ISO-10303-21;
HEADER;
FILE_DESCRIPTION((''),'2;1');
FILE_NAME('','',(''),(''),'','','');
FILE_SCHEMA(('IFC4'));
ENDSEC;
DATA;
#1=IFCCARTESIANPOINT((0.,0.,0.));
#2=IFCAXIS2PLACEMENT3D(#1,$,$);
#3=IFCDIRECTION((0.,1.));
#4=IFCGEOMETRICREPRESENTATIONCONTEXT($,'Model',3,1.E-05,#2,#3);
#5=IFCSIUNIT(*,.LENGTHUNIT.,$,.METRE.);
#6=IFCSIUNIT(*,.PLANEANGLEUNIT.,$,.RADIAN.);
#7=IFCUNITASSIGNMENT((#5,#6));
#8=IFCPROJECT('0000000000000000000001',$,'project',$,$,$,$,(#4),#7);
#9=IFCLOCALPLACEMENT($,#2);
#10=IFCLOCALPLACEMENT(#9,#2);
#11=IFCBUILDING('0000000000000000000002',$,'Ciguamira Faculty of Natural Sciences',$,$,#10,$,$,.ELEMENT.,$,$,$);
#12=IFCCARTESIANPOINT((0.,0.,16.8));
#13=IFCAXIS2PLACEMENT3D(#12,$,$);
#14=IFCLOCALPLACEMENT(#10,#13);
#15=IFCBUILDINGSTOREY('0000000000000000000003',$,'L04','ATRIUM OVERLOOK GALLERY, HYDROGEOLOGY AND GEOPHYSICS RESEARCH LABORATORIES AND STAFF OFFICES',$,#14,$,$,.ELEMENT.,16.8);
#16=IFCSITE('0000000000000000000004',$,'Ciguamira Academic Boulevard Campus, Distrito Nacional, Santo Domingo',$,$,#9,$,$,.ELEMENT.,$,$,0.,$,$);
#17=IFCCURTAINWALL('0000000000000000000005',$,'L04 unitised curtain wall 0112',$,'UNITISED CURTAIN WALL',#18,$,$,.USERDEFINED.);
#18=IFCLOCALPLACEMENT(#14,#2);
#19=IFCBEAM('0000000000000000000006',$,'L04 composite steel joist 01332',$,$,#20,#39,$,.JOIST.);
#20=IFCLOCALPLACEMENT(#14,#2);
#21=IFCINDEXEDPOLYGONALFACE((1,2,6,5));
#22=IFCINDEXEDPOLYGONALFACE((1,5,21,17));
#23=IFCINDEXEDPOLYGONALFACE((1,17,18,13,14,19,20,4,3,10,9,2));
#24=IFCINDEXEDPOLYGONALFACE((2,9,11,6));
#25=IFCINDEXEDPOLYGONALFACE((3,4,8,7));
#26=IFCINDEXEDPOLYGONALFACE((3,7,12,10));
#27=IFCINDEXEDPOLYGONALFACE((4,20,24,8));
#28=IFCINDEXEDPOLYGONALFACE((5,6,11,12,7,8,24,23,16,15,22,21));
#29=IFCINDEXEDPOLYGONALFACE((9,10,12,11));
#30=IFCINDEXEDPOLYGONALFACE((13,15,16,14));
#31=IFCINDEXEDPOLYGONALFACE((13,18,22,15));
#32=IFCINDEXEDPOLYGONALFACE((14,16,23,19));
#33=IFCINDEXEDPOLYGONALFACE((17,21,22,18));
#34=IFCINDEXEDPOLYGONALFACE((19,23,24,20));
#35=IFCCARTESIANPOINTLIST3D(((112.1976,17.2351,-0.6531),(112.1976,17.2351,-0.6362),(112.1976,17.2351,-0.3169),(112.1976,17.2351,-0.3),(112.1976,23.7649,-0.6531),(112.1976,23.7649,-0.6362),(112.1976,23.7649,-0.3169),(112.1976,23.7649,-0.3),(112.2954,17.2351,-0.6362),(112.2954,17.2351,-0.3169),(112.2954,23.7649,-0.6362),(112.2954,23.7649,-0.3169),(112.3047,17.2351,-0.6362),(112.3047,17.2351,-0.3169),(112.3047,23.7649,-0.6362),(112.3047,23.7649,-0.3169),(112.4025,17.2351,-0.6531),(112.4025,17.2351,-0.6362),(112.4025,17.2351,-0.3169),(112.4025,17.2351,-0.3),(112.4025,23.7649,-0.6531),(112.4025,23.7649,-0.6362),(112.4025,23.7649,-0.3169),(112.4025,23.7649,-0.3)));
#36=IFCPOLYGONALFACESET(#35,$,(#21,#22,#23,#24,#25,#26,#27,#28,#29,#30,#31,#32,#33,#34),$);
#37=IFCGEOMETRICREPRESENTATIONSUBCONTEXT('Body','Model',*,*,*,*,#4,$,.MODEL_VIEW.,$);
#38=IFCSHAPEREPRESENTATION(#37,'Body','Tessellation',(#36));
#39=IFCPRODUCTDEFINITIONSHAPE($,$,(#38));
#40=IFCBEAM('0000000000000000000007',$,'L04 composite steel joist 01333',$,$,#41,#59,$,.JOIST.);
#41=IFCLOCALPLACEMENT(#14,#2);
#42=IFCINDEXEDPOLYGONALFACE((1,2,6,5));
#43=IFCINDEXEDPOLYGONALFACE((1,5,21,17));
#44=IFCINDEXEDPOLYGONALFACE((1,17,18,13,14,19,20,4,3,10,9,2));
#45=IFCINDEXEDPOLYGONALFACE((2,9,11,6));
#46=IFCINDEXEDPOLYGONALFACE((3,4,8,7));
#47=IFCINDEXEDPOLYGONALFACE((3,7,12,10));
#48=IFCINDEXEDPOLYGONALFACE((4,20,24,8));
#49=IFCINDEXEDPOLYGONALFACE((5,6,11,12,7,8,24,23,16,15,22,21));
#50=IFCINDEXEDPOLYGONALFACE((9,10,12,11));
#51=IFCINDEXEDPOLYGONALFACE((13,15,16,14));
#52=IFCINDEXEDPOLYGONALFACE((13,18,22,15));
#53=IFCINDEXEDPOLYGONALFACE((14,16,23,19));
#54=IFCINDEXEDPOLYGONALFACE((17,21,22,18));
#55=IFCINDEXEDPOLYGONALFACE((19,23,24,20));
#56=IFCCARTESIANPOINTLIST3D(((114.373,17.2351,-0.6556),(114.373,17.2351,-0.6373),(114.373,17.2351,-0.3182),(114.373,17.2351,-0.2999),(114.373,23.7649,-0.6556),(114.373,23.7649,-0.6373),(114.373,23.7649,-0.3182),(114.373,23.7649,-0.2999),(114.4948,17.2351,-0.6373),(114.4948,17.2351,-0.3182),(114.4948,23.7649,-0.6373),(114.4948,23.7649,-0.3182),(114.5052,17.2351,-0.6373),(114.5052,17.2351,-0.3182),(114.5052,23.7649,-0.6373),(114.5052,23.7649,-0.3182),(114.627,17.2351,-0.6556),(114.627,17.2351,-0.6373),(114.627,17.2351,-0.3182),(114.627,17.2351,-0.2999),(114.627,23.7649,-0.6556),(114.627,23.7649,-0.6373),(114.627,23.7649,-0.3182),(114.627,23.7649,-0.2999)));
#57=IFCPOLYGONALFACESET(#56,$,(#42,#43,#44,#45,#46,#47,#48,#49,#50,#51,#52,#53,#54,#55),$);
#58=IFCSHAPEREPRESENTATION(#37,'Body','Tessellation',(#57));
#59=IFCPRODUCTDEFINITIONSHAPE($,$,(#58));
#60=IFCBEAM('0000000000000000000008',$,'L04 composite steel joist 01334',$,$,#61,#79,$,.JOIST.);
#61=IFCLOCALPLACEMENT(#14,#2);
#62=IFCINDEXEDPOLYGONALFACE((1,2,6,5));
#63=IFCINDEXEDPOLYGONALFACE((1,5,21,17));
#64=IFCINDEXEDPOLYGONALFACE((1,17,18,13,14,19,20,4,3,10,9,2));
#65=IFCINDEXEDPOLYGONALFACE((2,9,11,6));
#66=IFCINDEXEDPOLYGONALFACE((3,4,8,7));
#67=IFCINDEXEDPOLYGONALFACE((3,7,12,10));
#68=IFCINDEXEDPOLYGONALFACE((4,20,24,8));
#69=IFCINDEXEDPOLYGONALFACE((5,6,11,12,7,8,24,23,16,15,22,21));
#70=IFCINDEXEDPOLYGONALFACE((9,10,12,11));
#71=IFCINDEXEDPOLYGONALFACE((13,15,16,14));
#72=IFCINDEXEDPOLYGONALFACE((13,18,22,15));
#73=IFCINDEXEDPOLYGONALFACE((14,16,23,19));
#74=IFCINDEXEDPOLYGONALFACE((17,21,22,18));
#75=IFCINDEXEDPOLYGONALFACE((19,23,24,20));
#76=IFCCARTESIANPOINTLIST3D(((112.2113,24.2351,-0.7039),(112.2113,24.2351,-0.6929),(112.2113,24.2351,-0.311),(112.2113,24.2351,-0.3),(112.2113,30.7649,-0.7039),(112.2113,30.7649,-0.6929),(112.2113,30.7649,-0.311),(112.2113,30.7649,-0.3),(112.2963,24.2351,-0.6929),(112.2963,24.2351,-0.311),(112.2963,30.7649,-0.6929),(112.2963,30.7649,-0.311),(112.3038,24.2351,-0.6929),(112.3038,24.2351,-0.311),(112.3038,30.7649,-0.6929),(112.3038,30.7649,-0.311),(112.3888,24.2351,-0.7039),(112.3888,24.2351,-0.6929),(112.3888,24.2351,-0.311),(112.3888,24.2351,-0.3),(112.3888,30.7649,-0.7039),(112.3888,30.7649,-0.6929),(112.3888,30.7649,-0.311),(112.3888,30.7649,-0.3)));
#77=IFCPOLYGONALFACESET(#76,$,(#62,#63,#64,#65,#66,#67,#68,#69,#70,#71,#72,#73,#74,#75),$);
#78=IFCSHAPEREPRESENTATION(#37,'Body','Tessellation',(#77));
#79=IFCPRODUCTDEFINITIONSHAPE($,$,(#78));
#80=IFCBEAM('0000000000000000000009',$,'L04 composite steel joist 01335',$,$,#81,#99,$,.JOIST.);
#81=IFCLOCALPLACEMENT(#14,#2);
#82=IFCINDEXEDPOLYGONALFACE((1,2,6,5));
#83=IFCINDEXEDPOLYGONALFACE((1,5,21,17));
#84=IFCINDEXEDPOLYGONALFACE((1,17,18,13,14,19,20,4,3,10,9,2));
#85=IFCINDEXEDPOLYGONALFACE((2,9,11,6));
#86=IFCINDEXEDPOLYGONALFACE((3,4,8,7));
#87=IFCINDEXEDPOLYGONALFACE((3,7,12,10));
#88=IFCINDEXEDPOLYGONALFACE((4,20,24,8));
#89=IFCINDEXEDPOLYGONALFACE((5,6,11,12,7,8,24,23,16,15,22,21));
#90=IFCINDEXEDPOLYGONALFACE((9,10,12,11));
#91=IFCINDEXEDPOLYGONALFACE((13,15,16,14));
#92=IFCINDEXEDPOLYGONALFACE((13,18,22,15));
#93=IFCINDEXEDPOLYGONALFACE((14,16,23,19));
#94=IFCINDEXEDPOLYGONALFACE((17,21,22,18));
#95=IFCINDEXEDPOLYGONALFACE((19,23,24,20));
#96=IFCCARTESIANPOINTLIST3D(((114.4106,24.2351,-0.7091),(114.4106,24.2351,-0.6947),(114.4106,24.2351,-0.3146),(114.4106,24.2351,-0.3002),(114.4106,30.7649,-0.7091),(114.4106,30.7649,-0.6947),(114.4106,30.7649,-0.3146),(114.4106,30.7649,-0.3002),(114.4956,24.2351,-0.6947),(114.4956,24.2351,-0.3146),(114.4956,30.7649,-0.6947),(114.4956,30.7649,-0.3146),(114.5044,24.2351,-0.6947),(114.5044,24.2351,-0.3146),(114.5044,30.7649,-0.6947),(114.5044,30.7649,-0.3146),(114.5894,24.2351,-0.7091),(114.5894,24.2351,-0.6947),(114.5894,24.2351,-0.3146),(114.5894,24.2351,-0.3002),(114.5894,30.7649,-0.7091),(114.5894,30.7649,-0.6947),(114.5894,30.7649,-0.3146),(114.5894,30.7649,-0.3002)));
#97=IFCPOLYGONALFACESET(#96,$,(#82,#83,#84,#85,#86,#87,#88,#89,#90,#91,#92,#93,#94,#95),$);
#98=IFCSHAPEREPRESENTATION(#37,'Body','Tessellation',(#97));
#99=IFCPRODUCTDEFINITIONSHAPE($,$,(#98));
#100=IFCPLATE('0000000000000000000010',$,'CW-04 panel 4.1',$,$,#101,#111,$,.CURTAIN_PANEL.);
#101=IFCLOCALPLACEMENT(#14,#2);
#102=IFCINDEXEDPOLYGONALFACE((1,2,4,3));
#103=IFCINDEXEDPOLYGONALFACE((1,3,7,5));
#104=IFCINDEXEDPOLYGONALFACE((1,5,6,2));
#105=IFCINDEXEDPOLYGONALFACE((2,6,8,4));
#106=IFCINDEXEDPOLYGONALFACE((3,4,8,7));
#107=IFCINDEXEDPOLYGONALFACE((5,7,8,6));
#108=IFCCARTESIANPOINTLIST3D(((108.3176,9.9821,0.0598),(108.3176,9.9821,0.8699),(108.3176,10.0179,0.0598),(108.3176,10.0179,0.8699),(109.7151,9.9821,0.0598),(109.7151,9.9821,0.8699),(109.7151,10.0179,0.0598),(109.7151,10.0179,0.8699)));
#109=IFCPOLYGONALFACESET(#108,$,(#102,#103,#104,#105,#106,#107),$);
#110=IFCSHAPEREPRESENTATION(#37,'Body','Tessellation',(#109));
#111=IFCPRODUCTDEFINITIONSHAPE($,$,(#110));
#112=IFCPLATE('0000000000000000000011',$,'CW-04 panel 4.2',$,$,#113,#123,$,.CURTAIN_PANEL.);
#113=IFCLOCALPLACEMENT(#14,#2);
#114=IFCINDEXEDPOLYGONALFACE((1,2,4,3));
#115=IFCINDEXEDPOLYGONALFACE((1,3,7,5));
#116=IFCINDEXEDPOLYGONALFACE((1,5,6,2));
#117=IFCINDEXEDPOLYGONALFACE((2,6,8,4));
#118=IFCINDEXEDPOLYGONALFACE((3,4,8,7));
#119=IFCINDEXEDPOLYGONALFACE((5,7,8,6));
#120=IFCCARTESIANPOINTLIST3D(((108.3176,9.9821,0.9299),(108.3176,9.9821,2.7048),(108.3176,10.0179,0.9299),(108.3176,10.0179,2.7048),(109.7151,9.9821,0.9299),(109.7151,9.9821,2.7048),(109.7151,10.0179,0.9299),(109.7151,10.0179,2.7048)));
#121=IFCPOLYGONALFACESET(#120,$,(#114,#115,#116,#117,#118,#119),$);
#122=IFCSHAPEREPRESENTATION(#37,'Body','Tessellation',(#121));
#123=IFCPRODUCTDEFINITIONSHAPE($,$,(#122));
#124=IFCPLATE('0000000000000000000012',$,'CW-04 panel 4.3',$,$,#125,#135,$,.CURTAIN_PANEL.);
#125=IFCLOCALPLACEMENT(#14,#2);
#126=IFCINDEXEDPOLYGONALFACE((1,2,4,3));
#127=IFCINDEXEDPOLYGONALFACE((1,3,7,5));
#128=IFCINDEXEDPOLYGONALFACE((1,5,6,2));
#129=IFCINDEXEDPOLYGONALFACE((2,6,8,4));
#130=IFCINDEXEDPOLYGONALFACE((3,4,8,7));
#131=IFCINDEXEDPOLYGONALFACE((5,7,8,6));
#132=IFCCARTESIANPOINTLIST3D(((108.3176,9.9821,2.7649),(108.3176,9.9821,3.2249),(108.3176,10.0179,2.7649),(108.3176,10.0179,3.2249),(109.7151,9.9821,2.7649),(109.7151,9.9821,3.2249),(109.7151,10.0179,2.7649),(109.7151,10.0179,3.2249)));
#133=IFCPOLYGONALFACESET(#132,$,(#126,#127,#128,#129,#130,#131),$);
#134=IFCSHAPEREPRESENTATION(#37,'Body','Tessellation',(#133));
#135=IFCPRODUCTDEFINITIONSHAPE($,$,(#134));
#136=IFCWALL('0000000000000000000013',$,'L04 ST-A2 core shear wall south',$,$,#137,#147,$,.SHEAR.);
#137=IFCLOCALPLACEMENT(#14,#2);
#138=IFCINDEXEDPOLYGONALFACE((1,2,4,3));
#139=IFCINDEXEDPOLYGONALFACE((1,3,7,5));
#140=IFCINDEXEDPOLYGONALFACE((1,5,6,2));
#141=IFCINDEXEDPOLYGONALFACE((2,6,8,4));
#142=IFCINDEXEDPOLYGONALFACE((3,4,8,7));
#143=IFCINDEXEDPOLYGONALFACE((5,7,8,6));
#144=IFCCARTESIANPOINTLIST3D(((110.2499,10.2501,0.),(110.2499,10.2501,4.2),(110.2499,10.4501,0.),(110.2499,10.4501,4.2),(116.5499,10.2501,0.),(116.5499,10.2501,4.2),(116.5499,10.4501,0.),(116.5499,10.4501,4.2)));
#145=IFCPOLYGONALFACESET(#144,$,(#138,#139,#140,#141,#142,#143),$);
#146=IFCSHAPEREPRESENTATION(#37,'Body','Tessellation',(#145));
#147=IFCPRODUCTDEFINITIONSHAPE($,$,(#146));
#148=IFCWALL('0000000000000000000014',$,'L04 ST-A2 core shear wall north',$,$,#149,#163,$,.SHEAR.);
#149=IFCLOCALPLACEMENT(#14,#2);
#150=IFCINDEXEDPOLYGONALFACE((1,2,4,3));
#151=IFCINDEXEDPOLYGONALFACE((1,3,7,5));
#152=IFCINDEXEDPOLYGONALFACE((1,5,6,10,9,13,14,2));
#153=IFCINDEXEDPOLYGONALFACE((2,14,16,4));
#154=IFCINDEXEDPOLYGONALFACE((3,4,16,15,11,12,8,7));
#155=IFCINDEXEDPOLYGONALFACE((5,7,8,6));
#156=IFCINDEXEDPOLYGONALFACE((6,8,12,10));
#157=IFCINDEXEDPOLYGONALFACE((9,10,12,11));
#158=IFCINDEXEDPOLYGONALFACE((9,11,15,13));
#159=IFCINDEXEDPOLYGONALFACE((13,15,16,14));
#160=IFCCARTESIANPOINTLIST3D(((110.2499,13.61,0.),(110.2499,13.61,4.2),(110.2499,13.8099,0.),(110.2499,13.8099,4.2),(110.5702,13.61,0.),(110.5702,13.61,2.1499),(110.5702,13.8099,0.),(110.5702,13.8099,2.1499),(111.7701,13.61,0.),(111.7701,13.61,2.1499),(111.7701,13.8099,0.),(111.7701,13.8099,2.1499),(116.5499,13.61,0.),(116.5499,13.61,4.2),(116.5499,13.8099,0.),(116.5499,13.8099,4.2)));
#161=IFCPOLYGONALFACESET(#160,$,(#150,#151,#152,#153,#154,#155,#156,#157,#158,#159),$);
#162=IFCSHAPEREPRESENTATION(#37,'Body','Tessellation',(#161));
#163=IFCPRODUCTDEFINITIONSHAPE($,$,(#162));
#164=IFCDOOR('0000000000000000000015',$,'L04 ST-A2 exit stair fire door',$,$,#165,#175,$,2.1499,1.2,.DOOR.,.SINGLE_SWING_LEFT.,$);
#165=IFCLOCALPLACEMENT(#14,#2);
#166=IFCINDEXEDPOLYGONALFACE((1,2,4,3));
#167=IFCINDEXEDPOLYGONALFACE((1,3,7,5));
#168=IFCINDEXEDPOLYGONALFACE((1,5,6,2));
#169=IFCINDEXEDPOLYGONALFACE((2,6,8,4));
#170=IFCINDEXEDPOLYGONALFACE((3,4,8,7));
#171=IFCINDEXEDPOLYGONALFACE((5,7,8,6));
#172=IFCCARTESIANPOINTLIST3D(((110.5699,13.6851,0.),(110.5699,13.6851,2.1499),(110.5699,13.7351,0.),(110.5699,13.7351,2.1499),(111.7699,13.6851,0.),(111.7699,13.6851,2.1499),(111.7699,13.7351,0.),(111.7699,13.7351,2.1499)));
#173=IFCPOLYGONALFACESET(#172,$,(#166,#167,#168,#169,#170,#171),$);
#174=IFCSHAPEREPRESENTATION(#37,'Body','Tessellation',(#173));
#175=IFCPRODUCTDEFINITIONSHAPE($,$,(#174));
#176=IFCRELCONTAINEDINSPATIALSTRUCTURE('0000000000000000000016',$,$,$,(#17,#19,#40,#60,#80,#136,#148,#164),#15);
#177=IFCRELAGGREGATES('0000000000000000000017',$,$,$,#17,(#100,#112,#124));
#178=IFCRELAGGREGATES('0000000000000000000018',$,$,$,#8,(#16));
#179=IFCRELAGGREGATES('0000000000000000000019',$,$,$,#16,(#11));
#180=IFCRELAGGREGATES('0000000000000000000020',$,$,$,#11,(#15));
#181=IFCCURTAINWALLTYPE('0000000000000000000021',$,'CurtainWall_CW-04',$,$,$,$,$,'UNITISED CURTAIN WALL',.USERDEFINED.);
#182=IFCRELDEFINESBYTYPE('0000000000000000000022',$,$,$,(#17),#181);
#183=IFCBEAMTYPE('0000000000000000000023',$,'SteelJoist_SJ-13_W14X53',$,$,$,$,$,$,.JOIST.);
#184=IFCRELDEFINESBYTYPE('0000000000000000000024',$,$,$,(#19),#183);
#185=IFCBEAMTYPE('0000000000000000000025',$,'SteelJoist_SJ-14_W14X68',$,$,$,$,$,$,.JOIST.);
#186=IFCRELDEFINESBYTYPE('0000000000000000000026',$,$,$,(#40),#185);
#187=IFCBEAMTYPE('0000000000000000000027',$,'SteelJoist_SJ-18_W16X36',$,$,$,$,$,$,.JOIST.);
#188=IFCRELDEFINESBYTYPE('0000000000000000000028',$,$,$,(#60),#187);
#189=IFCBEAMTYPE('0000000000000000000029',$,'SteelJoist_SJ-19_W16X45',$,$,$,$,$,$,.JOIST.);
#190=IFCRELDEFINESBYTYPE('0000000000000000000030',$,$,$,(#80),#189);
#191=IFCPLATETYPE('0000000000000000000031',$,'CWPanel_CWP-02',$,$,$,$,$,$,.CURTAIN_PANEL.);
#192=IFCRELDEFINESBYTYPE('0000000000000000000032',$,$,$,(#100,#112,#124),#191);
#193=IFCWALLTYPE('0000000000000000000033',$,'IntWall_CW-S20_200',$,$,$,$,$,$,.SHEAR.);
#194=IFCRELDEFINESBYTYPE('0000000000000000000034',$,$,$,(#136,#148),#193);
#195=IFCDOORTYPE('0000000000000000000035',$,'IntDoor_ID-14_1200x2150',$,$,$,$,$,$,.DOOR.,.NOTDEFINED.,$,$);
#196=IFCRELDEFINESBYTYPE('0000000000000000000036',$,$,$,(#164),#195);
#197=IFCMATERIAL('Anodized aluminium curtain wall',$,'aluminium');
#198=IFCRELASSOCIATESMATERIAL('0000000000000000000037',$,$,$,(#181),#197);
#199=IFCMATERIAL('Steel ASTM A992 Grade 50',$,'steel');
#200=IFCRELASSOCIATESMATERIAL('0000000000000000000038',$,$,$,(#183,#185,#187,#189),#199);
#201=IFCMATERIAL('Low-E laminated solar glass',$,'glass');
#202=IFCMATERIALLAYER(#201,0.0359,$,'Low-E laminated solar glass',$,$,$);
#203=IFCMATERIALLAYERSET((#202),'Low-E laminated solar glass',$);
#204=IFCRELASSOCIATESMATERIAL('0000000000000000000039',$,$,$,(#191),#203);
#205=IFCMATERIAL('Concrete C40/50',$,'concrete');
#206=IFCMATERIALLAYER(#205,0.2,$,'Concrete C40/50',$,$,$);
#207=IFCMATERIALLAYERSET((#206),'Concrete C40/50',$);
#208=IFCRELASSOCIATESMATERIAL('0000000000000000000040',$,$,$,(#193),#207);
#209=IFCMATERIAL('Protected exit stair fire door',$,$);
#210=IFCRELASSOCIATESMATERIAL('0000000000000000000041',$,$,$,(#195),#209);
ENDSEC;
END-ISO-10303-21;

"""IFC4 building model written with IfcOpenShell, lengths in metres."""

from ifc_helpers import new_model, si_unit, direction, frame, frame_2d, origin, origin_2d, place, context, subcontext, project, spatial, rectangle, i_section, extrude, material, layer, layer_set, material_profile, profile_set, type_object, element, fill, aggregate, save


model = new_model("IFC4")

# Units and contexts
model_context = context("Model", 3, precision=1e-05, world=origin(), true_north=direction((0.0, 1.0)))
body_context = subcontext(model_context, "Body", "Model", "MODEL_VIEW")
ifc_project = project(units=[si_unit("LENGTHUNIT", "METRE"), si_unit("PLANEANGLEUNIT", "RADIAN")], contexts=[model_context])

# Site, building, storey
site_placement = place(None, origin())
site = spatial("IfcSite", under=ifc_project, at=site_placement, Name="Ciguamira Academic Boulevard Campus, Distrito Nacional, Santo Domingo", CompositionType="ELEMENT", RefElevation=0.0)
building_placement = place(site_placement, origin())
building = spatial("IfcBuilding", under=site, at=building_placement, Name="Ciguamira Faculty of Natural Sciences", CompositionType="ELEMENT")
storey_placement = place(building_placement, frame((0.0, 0.0, 16.8)))
storey = spatial("IfcBuildingStorey", under=building, at=storey_placement, Name="L04", Description="ATRIUM OVERLOOK GALLERY, HYDROGEOLOGY AND GEOPHYSICS RESEARCH LABORATORIES AND STAFF OFFICES", CompositionType="ELEMENT", Elevation=16.8)

# Shared definitions
ifc_material_1 = material(Name="Concrete C40/50", Category="concrete")

# Curtain wall
ifc_material_2 = material(Name="Anodized aluminium curtain wall", Category="aluminium")
curtain_wall_type = type_object("IfcCurtainWallType", Name="CurtainWall_CW-04", ElementType="UNITISED CURTAIN WALL", PredefinedType="USERDEFINED", material=ifc_material_2)
curtain_wall_placement = place(storey_placement, origin())
curtain_wall = element("IfcCurtainWall", 1, at=curtain_wall_placement, inside=storey, type_object=curtain_wall_type, Name="L04 unitised curtain wall 0112", ObjectType="UNITISED CURTAIN WALL", PredefinedType="USERDEFINED")

# Beams
ifc_material_3 = material(Name="Steel ASTM A992 Grade 50", Category="steel")
ifc_material_profile_1 = material_profile(ifc_material_3, i_section(OverallWidth=0.2048, OverallDepth=0.353, WebThickness=0.0093, FlangeThickness=0.0168, at=origin_2d()), Name="W14X53")
ifc_profile_set_1 = profile_set([ifc_material_profile_1], Name="Steel ASTM A992 Grade 50")
beam_type_1 = type_object("IfcBeamType", Name="SteelJoist_SJ-13_W14X53", PredefinedType="JOIST", material=ifc_profile_set_1)
beam_1_placement = place(storey_placement, frame((112.3, 17.2351, -0.4766), z_axis=(0.0, 1.0, 0.0), x_axis=(-1.0, 0.0, 0.0)))
element("IfcBeam", 2, at=beam_1_placement, inside=storey, type_object=beam_type_1, Name="L04 composite steel joist 01332", PredefinedType="JOIST", context=body_context, shape_type="SweptSolid", body=[
    extrude(i_section(OverallWidth=0.2048, OverallDepth=0.353, WebThickness=0.0093, FlangeThickness=0.0168, at=origin_2d()), origin(), (0.0, 0.0, 1.0), 6.5298),
])
ifc_material_profile_2 = material_profile(ifc_material_3, i_section(OverallWidth=0.2539, OverallDepth=0.3557, WebThickness=0.0105, FlangeThickness=0.0183, at=origin_2d()), Name="W14X68")
ifc_profile_set_2 = profile_set([ifc_material_profile_2], Name="Steel ASTM A992 Grade 50")
beam_type_2 = type_object("IfcBeamType", Name="SteelJoist_SJ-14_W14X68", PredefinedType="JOIST", material=ifc_profile_set_2)
beam_2_placement = place(storey_placement, frame((114.5, 17.2351, -0.4778), z_axis=(0.0, 1.0, 0.0), x_axis=(-1.0, 0.0, 0.0)))
element("IfcBeam", 3, at=beam_2_placement, inside=storey, type_object=beam_type_2, Name="L04 composite steel joist 01333", PredefinedType="JOIST", context=body_context, shape_type="SweptSolid", body=[
    extrude(i_section(OverallWidth=0.2539, OverallDepth=0.3557, WebThickness=0.0105, FlangeThickness=0.0183, at=origin_2d()), origin(), (0.0, 0.0, 1.0), 6.5298),
])
ifc_material_profile_3 = material_profile(ifc_material_3, i_section(OverallWidth=0.1775, OverallDepth=0.4038, WebThickness=0.0076, FlangeThickness=0.011, at=origin_2d()), Name="W16X36")
ifc_profile_set_3 = profile_set([ifc_material_profile_3], Name="Steel ASTM A992 Grade 50")
beam_type_3 = type_object("IfcBeamType", Name="SteelJoist_SJ-18_W16X36", PredefinedType="JOIST", material=ifc_profile_set_3)
beam_3_placement = place(storey_placement, frame((112.3, 24.2351, -0.502), z_axis=(0.0, 1.0, 0.0), x_axis=(-1.0, 0.0, 0.0)))
element("IfcBeam", 4, at=beam_3_placement, inside=storey, type_object=beam_type_3, Name="L04 composite steel joist 01334", PredefinedType="JOIST", context=body_context, shape_type="SweptSolid", body=[
    extrude(i_section(OverallWidth=0.1775, OverallDepth=0.4038, WebThickness=0.0076, FlangeThickness=0.011, at=origin_2d()), origin(), (0.0, 0.0, 1.0), 6.5298),
])
ifc_material_profile_4 = material_profile(ifc_material_3, i_section(OverallWidth=0.1787, OverallDepth=0.4089, WebThickness=0.0088, FlangeThickness=0.0144, at=origin_2d()), Name="W16X45")
ifc_profile_set_4 = profile_set([ifc_material_profile_4], Name="Steel ASTM A992 Grade 50")
beam_type_4 = type_object("IfcBeamType", Name="SteelJoist_SJ-19_W16X45", PredefinedType="JOIST", material=ifc_profile_set_4)
beam_4_placement = place(storey_placement, frame((114.5, 24.2351, -0.5046), z_axis=(0.0, 1.0, 0.0), x_axis=(-1.0, 0.0, 0.0)))
element("IfcBeam", 5, at=beam_4_placement, inside=storey, type_object=beam_type_4, Name="L04 composite steel joist 01335", PredefinedType="JOIST", context=body_context, shape_type="SweptSolid", body=[
    extrude(i_section(OverallWidth=0.1787, OverallDepth=0.4089, WebThickness=0.0088, FlangeThickness=0.0144, at=origin_2d()), origin(), (0.0, 0.0, 1.0), 6.5298),
])

# Plates
ifc_material_4 = material(Name="Low-E laminated solar glass", Category="glass")
ifc_layer_1 = layer(ifc_material_4, 0.0359, Name="Low-E laminated solar glass")
ifc_layer_set_1 = layer_set([ifc_layer_1], Name="Low-E laminated solar glass")
plate_type = type_object("IfcPlateType", Name="CWPanel_CWP-02", PredefinedType="CURTAIN_PANEL", material=ifc_layer_set_1)
plate_1_placement = place(storey_placement, frame((109.0164, 10.0, 0.0598), z_axis=(0.0, 0.0, 1.0), x_axis=(1.0, 0.0, 0.0)))
plate_1 = element("IfcPlate", 6, at=plate_1_placement, type_object=plate_type, Name="CW-04 panel 4.1", PredefinedType="CURTAIN_PANEL", context=body_context, shape_type="SweptSolid", body=[
    extrude(rectangle(XDim=1.3975, YDim=0.0359, at=origin_2d()), origin(), (0.0, 0.0, 1.0), 0.8101),
])
plate_2_placement = place(storey_placement, frame((109.0164, 10.0, 0.9299), z_axis=(0.0, 0.0, 1.0), x_axis=(1.0, 0.0, 0.0)))
plate_2 = element("IfcPlate", 7, at=plate_2_placement, type_object=plate_type, Name="CW-04 panel 4.2", PredefinedType="CURTAIN_PANEL", context=body_context, shape_type="SweptSolid", body=[
    extrude(rectangle(XDim=1.3975, YDim=0.0359, at=origin_2d()), origin(), (0.0, 0.0, 1.0), 1.7749),
])
plate_3_placement = place(storey_placement, frame((109.0164, 10.0, 2.7649), z_axis=(0.0, 0.0, 1.0), x_axis=(1.0, 0.0, 0.0)))
plate_3 = element("IfcPlate", 8, at=plate_3_placement, type_object=plate_type, Name="CW-04 panel 4.3", PredefinedType="CURTAIN_PANEL", context=body_context, shape_type="SweptSolid", body=[
    extrude(rectangle(XDim=1.3975, YDim=0.0359, at=origin_2d()), origin(), (0.0, 0.0, 1.0), 0.46),
])
aggregate(curtain_wall, [plate_1, plate_2, plate_3])

# Wall
ifc_layer_2 = layer(ifc_material_1, 0.2, Name="Concrete C40/50")
ifc_layer_set_2 = layer_set([ifc_layer_2], Name="Concrete C40/50")
wall_type = type_object("IfcWallType", Name="IntWall_CW-S20_200", PredefinedType="SHEAR", material=ifc_layer_set_2)
wall_1_placement = place(storey_placement, frame((110.25, 10.3501, 0.0), z_axis=(0.0, 0.0, 1.0), x_axis=(1.0, 0.0, 0.0)))
element("IfcWall", 9, at=wall_1_placement, inside=storey, type_object=wall_type, Name="L04 ST-A2 core shear wall south", PredefinedType="SHEAR", context=body_context, shape_type="SweptSolid", body=[
    extrude(rectangle(XDim=6.3, YDim=0.2, at=frame_2d((3.1499, 0.0))), origin(), (0.0, 0.0, 1.0), 4.2),
])

# Wall, opening, door
wall_2_placement = place(storey_placement, frame((110.25, 13.71, 0.0), z_axis=(0.0, 0.0, 1.0), x_axis=(1.0, 0.0, 0.0)))
wall_2 = element("IfcWall", 10, at=wall_2_placement, inside=storey, type_object=wall_type, Name="L04 ST-A2 core shear wall north", PredefinedType="SHEAR", context=body_context, shape_type="SweptSolid", body=[
    extrude(rectangle(XDim=6.3, YDim=0.2, at=frame_2d((3.1499, 0.0))), origin(), (0.0, 0.0, 1.0), 4.2),
])
opening_placement = place(wall_2_placement, frame((0.3201, 0.0, 0.0)))
opening = element("IfcOpeningElement", 11, at=opening_placement, cuts=wall_2, PredefinedType="OPENING", context=body_context, shape_type="SweptSolid", body=[
    extrude(rectangle(XDim=1.2, YDim=2.1499, at=frame_2d((0.6001, 1.075))), frame((0.0, 0.1099, 0.0), z_axis=(0.0, -1.0, 0.0), x_axis=(1.0, 0.0, 0.0)), (0.0, 0.0, 1.0), 0.22),
])
ifc_material_5 = material(Name="Protected exit stair fire door")
door_type = type_object("IfcDoorType", Name="IntDoor_ID-14_1200x2150", OperationType="NOTDEFINED", PredefinedType="DOOR", material=ifc_material_5)
door_placement = place(opening_placement, frame((1.2, 0.0, 0.0), z_axis=(0.0, 0.0, 1.0), x_axis=(-1.0, 0.0, 0.0)))
door = element("IfcDoor", 12, at=door_placement, inside=storey, type_object=door_type, Name="L04 ST-A2 exit stair fire door", OperationType="SINGLE_SWING_LEFT", OverallHeight=2.1499, OverallWidth=1.2, PredefinedType="DOOR", context=body_context, shape_type="SweptSolid", body=[
    extrude(rectangle(XDim=1.2, YDim=2.1499, at=frame_2d((0.6001, 1.075))), frame((0.0, 0.0249, 0.0), z_axis=(0.0, -1.0, 0.0), x_axis=(1.0, 0.0, 0.0)), (0.0, 0.0, 1.0), 0.05),
])
fill(opening, door)

save(model, "model.ifc")
